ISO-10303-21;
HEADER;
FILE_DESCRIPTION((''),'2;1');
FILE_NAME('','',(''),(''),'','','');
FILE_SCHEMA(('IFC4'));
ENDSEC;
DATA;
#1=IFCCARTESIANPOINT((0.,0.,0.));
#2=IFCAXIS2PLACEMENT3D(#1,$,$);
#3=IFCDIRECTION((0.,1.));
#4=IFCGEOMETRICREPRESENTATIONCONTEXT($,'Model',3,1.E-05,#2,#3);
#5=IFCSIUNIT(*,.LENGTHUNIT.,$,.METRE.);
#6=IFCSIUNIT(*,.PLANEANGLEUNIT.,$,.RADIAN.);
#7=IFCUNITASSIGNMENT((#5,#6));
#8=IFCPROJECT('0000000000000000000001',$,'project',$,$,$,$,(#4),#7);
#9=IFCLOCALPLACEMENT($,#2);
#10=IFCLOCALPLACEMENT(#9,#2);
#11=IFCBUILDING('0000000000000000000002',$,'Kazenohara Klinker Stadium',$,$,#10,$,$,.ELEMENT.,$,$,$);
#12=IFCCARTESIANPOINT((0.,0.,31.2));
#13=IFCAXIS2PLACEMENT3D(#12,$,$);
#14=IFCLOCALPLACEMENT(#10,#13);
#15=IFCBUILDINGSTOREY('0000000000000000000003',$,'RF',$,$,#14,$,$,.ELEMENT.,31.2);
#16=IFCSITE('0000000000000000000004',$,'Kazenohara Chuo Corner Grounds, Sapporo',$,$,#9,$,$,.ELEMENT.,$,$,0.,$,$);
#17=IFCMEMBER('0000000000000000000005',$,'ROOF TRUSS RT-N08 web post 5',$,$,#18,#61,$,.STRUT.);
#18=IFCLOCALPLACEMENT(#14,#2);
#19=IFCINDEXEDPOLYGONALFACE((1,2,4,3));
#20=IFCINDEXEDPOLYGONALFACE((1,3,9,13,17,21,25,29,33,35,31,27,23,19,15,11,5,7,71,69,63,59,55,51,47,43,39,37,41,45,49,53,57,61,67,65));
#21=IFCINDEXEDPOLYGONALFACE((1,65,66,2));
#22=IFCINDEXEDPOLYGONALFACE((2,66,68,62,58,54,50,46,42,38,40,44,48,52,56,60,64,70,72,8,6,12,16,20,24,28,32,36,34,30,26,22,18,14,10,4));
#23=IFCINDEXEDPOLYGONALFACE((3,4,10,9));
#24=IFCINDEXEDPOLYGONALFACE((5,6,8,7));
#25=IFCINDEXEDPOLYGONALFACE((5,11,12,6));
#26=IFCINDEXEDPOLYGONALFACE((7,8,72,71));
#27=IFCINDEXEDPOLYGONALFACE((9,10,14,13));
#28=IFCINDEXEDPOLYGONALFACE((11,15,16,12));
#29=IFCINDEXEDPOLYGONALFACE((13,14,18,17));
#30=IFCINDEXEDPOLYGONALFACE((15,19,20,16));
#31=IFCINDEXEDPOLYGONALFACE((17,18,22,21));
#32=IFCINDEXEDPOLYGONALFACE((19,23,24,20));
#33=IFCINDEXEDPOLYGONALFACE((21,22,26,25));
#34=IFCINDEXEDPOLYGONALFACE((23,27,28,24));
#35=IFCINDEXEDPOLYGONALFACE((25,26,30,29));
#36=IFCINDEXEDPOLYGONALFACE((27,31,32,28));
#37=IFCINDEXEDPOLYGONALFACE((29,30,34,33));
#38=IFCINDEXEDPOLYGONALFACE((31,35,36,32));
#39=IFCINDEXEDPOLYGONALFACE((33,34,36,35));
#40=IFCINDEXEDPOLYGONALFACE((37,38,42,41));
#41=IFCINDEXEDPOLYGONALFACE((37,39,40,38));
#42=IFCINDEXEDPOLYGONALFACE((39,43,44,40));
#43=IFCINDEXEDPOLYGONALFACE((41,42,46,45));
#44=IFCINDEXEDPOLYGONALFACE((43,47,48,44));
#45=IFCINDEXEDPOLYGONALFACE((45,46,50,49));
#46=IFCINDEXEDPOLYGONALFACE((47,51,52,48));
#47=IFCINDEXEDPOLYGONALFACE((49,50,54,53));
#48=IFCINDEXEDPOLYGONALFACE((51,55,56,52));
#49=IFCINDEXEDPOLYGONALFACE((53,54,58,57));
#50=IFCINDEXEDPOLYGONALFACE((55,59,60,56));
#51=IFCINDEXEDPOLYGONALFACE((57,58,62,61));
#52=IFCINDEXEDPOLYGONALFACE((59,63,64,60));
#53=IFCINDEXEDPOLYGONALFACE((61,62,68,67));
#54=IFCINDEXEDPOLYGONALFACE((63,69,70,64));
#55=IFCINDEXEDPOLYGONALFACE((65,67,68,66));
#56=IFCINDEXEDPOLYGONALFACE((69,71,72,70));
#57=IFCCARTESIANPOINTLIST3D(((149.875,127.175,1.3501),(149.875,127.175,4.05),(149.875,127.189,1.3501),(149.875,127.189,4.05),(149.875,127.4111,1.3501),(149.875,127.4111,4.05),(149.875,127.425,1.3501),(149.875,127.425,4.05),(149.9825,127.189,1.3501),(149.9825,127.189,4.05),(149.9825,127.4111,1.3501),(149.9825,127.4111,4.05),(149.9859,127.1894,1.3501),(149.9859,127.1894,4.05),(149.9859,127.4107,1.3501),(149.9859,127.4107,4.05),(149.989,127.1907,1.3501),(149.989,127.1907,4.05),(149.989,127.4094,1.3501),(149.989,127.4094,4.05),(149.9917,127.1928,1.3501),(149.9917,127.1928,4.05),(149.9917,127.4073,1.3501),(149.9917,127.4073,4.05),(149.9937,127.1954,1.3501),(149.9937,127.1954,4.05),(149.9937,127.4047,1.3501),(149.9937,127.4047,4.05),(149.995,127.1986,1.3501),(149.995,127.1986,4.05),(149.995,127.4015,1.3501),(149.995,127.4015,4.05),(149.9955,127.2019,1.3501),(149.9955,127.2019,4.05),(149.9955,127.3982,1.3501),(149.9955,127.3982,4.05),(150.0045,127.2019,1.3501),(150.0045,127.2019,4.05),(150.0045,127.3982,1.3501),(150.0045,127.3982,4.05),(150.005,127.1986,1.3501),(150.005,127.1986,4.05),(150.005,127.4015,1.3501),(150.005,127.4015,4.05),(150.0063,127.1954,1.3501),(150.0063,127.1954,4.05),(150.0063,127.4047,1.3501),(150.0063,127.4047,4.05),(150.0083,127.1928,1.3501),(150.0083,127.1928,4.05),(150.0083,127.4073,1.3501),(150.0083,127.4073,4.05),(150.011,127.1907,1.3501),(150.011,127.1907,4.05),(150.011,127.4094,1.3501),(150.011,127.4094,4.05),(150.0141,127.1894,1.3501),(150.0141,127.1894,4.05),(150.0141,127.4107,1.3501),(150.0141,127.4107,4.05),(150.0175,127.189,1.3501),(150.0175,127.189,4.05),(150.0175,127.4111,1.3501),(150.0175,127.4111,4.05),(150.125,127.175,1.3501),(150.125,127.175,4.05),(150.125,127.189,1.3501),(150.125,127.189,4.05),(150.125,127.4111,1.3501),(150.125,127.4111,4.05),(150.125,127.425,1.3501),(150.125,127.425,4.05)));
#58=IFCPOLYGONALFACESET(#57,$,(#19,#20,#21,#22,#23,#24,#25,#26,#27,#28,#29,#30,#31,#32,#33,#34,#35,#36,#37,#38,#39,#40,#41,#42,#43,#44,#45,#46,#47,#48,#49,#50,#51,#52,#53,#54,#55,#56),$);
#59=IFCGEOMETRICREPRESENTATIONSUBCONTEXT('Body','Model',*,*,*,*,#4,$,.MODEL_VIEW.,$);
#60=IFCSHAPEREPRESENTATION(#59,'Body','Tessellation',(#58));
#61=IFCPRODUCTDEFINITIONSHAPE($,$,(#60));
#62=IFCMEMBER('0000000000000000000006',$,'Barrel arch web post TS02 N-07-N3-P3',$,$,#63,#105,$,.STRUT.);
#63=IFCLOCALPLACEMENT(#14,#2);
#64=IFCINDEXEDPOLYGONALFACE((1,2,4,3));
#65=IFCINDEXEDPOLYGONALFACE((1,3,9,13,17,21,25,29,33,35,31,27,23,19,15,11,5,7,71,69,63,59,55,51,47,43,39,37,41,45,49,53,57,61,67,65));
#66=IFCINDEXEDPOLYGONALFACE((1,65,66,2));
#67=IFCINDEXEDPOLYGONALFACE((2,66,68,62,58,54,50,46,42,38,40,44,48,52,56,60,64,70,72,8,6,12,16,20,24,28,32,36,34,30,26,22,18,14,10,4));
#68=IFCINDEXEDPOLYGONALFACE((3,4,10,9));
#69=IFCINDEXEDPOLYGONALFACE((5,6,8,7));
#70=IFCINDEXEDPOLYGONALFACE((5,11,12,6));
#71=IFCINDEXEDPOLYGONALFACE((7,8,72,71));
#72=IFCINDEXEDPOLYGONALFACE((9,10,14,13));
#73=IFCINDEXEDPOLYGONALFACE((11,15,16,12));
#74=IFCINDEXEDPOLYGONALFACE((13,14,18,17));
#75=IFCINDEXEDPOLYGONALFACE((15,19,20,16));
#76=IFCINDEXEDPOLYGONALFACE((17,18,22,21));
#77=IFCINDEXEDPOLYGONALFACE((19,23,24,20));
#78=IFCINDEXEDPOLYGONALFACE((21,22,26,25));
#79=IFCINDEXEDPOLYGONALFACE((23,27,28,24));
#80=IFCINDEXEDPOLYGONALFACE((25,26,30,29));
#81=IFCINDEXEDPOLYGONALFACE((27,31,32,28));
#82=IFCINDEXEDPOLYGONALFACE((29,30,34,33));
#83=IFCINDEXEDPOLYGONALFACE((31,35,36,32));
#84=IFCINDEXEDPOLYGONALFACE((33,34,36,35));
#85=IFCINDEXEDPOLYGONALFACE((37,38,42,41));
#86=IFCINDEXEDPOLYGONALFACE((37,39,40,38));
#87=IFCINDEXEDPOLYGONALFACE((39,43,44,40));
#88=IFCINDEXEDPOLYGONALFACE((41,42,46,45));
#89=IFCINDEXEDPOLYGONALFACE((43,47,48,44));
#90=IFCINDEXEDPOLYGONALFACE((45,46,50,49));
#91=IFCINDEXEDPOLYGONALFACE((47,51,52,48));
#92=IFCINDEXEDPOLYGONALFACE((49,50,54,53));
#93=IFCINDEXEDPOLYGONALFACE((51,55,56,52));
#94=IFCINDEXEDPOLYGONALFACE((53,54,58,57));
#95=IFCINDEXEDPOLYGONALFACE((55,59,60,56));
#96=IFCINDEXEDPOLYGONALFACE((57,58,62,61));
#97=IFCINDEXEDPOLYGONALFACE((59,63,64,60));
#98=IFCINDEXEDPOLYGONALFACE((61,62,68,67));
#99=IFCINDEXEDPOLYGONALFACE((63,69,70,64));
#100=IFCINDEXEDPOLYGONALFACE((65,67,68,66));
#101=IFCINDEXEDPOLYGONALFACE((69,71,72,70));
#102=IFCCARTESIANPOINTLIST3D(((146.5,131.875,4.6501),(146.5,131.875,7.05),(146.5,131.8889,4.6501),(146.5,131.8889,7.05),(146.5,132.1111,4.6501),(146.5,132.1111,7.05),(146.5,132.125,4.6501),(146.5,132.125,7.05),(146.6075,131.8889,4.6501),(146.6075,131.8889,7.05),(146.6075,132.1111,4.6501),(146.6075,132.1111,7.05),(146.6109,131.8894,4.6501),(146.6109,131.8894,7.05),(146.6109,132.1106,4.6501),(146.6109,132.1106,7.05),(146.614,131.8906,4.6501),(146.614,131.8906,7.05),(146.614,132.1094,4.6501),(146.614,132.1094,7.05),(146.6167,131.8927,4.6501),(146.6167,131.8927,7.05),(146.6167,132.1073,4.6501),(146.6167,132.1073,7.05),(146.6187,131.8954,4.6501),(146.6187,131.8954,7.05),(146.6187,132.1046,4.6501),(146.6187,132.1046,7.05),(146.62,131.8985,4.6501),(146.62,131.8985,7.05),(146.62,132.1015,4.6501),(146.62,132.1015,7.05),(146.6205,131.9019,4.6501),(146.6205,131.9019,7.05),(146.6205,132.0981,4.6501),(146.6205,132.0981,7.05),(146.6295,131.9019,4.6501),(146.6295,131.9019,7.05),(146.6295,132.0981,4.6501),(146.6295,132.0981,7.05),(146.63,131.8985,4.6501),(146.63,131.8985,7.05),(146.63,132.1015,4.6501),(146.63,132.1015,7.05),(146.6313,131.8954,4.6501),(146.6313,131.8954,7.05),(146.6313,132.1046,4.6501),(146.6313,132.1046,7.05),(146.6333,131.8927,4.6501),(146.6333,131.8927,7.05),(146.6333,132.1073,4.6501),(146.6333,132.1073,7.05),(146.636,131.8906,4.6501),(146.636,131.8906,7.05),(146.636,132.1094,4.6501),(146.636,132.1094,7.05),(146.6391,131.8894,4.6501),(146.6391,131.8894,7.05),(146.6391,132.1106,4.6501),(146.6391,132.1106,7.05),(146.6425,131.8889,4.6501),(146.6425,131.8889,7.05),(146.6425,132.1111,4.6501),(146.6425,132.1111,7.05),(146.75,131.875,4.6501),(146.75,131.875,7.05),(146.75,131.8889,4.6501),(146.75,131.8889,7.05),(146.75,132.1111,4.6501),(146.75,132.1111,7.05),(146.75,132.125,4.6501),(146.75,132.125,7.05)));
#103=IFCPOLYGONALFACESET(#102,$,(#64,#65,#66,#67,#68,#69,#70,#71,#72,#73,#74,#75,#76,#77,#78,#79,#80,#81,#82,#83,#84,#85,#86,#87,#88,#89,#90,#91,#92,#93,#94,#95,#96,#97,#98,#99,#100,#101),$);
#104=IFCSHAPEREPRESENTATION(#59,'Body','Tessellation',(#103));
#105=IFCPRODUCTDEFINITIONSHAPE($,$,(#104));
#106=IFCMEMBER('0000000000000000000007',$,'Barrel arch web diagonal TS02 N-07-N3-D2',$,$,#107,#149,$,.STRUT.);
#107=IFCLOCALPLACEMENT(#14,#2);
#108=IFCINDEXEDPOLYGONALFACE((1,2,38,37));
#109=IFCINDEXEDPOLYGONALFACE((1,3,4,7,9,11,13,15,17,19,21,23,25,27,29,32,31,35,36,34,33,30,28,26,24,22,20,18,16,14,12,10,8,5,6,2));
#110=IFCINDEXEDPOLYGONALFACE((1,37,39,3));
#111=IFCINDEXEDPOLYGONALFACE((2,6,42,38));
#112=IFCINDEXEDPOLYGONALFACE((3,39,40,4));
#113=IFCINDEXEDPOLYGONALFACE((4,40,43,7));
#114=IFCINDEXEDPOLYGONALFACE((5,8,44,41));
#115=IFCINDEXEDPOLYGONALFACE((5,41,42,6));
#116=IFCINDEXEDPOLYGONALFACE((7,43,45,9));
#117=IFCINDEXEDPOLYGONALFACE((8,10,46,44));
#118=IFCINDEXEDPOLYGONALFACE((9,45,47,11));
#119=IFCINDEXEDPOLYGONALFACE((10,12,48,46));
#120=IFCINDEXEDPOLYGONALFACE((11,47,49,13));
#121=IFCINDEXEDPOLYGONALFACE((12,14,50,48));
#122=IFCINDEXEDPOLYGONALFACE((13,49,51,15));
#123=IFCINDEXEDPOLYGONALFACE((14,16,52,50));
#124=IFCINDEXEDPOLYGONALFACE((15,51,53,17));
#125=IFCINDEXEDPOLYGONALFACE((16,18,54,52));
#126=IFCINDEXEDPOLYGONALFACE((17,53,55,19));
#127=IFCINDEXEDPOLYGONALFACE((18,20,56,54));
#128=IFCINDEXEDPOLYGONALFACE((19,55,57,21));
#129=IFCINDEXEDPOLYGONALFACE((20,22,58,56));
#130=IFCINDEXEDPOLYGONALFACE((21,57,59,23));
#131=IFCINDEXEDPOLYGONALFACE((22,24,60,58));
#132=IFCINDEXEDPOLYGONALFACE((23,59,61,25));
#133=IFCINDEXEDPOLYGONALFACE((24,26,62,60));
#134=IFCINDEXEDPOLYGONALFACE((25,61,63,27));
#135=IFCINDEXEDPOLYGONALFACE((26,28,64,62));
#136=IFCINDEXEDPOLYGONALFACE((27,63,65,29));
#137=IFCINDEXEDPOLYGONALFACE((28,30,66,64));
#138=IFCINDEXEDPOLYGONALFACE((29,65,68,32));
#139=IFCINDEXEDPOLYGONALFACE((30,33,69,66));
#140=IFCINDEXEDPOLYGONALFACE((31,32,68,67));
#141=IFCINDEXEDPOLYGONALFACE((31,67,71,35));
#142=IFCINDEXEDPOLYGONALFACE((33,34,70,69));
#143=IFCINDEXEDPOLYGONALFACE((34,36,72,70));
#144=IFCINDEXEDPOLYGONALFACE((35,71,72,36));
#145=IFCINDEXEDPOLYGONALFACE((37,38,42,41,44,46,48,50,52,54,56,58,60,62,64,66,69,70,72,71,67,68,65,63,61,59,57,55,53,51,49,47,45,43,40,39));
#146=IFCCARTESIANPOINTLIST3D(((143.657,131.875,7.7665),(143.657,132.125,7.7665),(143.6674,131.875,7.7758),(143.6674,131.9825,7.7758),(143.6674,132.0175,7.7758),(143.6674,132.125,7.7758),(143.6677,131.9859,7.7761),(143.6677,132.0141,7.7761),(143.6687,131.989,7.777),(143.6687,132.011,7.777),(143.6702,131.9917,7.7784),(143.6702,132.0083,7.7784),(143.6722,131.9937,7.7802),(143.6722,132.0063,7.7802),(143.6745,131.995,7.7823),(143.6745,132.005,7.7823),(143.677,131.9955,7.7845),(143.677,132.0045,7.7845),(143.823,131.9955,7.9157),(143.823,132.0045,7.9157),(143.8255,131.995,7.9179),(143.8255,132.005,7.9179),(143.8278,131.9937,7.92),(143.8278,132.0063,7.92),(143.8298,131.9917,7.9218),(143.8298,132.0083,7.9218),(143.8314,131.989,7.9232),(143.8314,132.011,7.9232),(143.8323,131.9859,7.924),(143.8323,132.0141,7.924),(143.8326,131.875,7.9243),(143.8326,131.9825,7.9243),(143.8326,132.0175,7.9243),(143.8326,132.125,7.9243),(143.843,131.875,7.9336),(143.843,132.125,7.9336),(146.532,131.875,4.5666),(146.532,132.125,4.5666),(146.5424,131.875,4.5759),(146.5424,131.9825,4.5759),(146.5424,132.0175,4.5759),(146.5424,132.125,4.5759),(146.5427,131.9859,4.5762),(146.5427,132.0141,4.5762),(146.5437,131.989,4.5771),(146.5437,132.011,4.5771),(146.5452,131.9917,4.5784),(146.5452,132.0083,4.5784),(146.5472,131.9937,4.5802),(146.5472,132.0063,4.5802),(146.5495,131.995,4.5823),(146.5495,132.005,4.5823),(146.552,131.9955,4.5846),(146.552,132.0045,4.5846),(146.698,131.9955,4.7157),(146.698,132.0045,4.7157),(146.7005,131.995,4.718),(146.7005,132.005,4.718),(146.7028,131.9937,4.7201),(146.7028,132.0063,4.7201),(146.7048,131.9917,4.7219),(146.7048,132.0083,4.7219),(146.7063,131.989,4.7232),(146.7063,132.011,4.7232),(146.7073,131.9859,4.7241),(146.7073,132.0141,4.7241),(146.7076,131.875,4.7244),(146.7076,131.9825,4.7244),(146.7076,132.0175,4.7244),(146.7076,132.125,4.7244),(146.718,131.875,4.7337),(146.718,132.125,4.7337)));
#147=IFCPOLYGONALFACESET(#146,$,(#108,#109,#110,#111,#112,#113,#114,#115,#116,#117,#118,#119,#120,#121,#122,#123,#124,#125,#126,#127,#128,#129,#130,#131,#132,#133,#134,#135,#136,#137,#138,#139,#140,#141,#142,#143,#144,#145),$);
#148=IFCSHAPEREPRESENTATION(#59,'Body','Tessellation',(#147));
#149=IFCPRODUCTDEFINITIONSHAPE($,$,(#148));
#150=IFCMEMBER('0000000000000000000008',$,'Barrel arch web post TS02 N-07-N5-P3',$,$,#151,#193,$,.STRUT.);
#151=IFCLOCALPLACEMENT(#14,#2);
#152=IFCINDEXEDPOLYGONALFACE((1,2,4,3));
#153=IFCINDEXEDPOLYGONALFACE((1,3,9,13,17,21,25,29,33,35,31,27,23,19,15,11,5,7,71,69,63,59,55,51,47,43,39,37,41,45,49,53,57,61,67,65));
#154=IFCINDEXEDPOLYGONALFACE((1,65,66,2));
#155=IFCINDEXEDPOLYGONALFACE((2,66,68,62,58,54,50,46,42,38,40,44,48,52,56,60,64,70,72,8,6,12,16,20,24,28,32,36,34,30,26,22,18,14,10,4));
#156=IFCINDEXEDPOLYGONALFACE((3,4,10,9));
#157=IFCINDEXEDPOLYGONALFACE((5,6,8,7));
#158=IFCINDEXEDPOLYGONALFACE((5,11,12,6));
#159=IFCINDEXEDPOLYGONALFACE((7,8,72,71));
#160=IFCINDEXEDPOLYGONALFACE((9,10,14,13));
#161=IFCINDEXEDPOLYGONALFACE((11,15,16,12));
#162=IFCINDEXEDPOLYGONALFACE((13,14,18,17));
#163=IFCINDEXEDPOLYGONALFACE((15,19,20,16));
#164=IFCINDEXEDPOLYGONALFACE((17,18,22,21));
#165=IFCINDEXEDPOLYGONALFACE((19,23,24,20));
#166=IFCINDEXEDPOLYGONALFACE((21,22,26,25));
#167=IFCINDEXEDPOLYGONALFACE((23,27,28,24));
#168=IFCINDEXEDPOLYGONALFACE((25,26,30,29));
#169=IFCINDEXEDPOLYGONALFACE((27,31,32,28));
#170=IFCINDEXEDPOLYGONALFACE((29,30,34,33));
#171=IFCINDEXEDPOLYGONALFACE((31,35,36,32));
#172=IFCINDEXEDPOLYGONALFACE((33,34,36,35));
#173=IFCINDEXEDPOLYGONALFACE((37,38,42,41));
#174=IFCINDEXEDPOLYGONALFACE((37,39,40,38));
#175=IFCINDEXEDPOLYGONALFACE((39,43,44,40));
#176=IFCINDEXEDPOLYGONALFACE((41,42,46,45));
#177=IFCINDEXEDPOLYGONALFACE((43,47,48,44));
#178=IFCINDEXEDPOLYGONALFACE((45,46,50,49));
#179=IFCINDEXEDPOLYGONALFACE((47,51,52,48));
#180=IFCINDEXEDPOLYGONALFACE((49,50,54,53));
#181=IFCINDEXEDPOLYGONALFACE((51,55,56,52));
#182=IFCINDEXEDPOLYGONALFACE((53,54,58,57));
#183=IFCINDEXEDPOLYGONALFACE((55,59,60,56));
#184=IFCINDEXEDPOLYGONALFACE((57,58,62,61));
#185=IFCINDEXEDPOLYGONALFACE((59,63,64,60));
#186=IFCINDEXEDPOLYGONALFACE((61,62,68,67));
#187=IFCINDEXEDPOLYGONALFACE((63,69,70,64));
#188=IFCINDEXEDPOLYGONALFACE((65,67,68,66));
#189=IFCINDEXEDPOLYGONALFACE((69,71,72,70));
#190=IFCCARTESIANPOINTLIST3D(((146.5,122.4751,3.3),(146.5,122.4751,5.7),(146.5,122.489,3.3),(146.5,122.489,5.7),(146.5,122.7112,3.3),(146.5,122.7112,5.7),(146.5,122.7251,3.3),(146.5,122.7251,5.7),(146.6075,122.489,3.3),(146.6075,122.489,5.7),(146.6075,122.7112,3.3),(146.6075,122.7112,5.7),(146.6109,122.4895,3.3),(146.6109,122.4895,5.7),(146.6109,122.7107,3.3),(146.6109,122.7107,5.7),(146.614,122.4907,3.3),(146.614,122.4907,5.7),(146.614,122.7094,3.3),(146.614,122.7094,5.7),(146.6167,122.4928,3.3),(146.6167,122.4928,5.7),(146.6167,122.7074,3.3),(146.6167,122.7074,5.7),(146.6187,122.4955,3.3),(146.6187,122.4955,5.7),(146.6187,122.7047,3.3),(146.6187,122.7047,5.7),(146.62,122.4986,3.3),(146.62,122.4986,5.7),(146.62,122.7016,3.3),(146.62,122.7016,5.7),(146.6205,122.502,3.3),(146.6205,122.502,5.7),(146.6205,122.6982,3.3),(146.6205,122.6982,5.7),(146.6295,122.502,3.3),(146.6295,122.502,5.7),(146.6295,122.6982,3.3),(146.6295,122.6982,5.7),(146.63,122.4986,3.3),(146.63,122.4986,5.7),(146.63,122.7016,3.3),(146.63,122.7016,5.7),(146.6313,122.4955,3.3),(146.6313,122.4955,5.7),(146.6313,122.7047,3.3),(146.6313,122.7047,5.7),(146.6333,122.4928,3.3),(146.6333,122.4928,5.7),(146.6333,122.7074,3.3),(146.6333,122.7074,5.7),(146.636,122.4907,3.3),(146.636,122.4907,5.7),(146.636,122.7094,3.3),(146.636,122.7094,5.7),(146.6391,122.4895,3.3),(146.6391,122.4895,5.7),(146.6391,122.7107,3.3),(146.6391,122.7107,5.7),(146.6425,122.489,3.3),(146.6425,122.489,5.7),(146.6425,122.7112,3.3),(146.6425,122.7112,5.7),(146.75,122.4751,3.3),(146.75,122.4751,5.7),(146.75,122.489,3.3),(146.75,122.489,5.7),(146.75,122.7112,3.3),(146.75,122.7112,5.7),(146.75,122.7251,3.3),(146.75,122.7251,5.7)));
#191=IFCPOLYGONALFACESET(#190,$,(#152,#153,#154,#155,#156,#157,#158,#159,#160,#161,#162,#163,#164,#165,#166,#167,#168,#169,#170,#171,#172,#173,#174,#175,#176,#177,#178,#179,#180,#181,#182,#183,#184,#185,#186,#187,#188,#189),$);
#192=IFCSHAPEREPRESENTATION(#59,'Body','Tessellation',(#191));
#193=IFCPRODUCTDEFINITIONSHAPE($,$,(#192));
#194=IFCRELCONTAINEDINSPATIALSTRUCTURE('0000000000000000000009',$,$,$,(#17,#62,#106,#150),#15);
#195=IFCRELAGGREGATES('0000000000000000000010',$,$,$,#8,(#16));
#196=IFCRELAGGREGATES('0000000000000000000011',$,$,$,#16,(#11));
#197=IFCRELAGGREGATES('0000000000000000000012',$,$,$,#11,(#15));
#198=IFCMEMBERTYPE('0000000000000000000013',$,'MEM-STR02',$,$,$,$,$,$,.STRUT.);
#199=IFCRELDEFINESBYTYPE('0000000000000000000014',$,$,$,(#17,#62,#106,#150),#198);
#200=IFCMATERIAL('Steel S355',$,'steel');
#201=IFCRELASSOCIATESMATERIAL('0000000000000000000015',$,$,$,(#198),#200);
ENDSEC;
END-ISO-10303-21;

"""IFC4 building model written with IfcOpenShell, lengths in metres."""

from ifc_helpers import new_model, si_unit, direction, frame, origin, origin_2d, place, context, subcontext, project, spatial, i_section, extrude, material, material_profile, profile_set, type_object, element, save


model = new_model("IFC4")

# Units and contexts
model_context = context("Model", 3, precision=1e-05, world=origin(), true_north=direction((0.0, 1.0)))
body_context = subcontext(model_context, "Body", "Model", "MODEL_VIEW")
ifc_project = project(units=[si_unit("LENGTHUNIT", "METRE"), si_unit("PLANEANGLEUNIT", "RADIAN")], contexts=[model_context])

# Site, building, storey
site_placement = place(None, origin())
site = spatial("IfcSite", under=ifc_project, at=site_placement, Name="Kazenohara Chuo Corner Grounds, Sapporo", CompositionType="ELEMENT", RefElevation=0.0)
building_placement = place(site_placement, origin())
building = spatial("IfcBuilding", under=site, at=building_placement, Name="Kazenohara Klinker Stadium", CompositionType="ELEMENT")
storey_placement = place(building_placement, frame((0.0, 0.0, 31.2)))
storey = spatial("IfcBuildingStorey", under=building, at=storey_placement, Name="RF", CompositionType="ELEMENT", Elevation=31.2)

# Members
ifc_material_1 = material(Name="Steel S355", Category="steel")
ifc_material_profile_1 = material_profile(ifc_material_1, i_section(OverallWidth=0.25, OverallDepth=0.25, WebThickness=0.009, FlangeThickness=0.0139, FilletRadius=0.0129, at=origin_2d()), Name="H-250x250x9x14")
ifc_profile_set_1 = profile_set([ifc_material_profile_1], Name="Steel S355")
member_type_1 = type_object("IfcMemberType", Name="MEM-STR02", PredefinedType="STRUT", material=ifc_profile_set_1)
member_1_placement = place(storey_placement, frame((150.0, 127.3, 1.3501), z_axis=(0.0, 0.0, 1.0), x_axis=(1.0, 0.0, 0.0)))
element("IfcMember", 1, at=member_1_placement, inside=storey, type_object=member_type_1, Name="ROOF TRUSS RT-N08 web post 5", PredefinedType="STRUT", context=body_context, shape_type="SweptSolid", body=[
    extrude(i_section(OverallWidth=0.25, OverallDepth=0.25, WebThickness=0.009, FlangeThickness=0.0139, FilletRadius=0.0129, at=origin_2d()), origin(), (0.0, 0.0, 1.0), 2.7),
])
member_2_placement = place(storey_placement, frame((146.625, 132.0, 4.6501), z_axis=(0.0, 0.0, 1.0), x_axis=(1.0, 0.0, 0.0)))
element("IfcMember", 2, at=member_2_placement, inside=storey, type_object=member_type_1, Name="Barrel arch web post TS02 N-07-N3-P3", PredefinedType="STRUT", context=body_context, shape_type="SweptSolid", body=[
    extrude(i_section(OverallWidth=0.25, OverallDepth=0.25, WebThickness=0.009, FlangeThickness=0.0139, FilletRadius=0.0129, at=origin_2d()), origin(), (0.0, 0.0, 1.0), 2.3999),
])
member_3_placement = place(storey_placement, frame((146.625, 132.0, 4.6501), z_axis=(-0.668328, 0.0, 0.743867), x_axis=(0.0, -1.0, 0.0)))
element("IfcMember", 3, at=member_3_placement, inside=storey, type_object=member_type_1, Name="Barrel arch web diagonal TS02 N-07-N3-D2", PredefinedType="STRUT", context=body_context, shape_type="SweptSolid", body=[
    extrude(i_section(OverallWidth=0.25, OverallDepth=0.25, WebThickness=0.009, FlangeThickness=0.0139, FilletRadius=0.0129, at=origin_2d()), origin(), (0.0, 0.0, 1.0), 4.3018),
])
member_4_placement = place(storey_placement, frame((146.625, 122.6001, 3.3), z_axis=(0.0, 0.0, 1.0), x_axis=(1.0, 0.0, 0.0)))
element("IfcMember", 4, at=member_4_placement, inside=storey, type_object=member_type_1, Name="Barrel arch web post TS02 N-07-N5-P3", PredefinedType="STRUT", context=body_context, shape_type="SweptSolid", body=[
    extrude(i_section(OverallWidth=0.25, OverallDepth=0.25, WebThickness=0.009, FlangeThickness=0.0139, FilletRadius=0.0129, at=origin_2d()), origin(), (0.0, 0.0, 1.0), 2.3999),
])

save(model, "model.ifc")
